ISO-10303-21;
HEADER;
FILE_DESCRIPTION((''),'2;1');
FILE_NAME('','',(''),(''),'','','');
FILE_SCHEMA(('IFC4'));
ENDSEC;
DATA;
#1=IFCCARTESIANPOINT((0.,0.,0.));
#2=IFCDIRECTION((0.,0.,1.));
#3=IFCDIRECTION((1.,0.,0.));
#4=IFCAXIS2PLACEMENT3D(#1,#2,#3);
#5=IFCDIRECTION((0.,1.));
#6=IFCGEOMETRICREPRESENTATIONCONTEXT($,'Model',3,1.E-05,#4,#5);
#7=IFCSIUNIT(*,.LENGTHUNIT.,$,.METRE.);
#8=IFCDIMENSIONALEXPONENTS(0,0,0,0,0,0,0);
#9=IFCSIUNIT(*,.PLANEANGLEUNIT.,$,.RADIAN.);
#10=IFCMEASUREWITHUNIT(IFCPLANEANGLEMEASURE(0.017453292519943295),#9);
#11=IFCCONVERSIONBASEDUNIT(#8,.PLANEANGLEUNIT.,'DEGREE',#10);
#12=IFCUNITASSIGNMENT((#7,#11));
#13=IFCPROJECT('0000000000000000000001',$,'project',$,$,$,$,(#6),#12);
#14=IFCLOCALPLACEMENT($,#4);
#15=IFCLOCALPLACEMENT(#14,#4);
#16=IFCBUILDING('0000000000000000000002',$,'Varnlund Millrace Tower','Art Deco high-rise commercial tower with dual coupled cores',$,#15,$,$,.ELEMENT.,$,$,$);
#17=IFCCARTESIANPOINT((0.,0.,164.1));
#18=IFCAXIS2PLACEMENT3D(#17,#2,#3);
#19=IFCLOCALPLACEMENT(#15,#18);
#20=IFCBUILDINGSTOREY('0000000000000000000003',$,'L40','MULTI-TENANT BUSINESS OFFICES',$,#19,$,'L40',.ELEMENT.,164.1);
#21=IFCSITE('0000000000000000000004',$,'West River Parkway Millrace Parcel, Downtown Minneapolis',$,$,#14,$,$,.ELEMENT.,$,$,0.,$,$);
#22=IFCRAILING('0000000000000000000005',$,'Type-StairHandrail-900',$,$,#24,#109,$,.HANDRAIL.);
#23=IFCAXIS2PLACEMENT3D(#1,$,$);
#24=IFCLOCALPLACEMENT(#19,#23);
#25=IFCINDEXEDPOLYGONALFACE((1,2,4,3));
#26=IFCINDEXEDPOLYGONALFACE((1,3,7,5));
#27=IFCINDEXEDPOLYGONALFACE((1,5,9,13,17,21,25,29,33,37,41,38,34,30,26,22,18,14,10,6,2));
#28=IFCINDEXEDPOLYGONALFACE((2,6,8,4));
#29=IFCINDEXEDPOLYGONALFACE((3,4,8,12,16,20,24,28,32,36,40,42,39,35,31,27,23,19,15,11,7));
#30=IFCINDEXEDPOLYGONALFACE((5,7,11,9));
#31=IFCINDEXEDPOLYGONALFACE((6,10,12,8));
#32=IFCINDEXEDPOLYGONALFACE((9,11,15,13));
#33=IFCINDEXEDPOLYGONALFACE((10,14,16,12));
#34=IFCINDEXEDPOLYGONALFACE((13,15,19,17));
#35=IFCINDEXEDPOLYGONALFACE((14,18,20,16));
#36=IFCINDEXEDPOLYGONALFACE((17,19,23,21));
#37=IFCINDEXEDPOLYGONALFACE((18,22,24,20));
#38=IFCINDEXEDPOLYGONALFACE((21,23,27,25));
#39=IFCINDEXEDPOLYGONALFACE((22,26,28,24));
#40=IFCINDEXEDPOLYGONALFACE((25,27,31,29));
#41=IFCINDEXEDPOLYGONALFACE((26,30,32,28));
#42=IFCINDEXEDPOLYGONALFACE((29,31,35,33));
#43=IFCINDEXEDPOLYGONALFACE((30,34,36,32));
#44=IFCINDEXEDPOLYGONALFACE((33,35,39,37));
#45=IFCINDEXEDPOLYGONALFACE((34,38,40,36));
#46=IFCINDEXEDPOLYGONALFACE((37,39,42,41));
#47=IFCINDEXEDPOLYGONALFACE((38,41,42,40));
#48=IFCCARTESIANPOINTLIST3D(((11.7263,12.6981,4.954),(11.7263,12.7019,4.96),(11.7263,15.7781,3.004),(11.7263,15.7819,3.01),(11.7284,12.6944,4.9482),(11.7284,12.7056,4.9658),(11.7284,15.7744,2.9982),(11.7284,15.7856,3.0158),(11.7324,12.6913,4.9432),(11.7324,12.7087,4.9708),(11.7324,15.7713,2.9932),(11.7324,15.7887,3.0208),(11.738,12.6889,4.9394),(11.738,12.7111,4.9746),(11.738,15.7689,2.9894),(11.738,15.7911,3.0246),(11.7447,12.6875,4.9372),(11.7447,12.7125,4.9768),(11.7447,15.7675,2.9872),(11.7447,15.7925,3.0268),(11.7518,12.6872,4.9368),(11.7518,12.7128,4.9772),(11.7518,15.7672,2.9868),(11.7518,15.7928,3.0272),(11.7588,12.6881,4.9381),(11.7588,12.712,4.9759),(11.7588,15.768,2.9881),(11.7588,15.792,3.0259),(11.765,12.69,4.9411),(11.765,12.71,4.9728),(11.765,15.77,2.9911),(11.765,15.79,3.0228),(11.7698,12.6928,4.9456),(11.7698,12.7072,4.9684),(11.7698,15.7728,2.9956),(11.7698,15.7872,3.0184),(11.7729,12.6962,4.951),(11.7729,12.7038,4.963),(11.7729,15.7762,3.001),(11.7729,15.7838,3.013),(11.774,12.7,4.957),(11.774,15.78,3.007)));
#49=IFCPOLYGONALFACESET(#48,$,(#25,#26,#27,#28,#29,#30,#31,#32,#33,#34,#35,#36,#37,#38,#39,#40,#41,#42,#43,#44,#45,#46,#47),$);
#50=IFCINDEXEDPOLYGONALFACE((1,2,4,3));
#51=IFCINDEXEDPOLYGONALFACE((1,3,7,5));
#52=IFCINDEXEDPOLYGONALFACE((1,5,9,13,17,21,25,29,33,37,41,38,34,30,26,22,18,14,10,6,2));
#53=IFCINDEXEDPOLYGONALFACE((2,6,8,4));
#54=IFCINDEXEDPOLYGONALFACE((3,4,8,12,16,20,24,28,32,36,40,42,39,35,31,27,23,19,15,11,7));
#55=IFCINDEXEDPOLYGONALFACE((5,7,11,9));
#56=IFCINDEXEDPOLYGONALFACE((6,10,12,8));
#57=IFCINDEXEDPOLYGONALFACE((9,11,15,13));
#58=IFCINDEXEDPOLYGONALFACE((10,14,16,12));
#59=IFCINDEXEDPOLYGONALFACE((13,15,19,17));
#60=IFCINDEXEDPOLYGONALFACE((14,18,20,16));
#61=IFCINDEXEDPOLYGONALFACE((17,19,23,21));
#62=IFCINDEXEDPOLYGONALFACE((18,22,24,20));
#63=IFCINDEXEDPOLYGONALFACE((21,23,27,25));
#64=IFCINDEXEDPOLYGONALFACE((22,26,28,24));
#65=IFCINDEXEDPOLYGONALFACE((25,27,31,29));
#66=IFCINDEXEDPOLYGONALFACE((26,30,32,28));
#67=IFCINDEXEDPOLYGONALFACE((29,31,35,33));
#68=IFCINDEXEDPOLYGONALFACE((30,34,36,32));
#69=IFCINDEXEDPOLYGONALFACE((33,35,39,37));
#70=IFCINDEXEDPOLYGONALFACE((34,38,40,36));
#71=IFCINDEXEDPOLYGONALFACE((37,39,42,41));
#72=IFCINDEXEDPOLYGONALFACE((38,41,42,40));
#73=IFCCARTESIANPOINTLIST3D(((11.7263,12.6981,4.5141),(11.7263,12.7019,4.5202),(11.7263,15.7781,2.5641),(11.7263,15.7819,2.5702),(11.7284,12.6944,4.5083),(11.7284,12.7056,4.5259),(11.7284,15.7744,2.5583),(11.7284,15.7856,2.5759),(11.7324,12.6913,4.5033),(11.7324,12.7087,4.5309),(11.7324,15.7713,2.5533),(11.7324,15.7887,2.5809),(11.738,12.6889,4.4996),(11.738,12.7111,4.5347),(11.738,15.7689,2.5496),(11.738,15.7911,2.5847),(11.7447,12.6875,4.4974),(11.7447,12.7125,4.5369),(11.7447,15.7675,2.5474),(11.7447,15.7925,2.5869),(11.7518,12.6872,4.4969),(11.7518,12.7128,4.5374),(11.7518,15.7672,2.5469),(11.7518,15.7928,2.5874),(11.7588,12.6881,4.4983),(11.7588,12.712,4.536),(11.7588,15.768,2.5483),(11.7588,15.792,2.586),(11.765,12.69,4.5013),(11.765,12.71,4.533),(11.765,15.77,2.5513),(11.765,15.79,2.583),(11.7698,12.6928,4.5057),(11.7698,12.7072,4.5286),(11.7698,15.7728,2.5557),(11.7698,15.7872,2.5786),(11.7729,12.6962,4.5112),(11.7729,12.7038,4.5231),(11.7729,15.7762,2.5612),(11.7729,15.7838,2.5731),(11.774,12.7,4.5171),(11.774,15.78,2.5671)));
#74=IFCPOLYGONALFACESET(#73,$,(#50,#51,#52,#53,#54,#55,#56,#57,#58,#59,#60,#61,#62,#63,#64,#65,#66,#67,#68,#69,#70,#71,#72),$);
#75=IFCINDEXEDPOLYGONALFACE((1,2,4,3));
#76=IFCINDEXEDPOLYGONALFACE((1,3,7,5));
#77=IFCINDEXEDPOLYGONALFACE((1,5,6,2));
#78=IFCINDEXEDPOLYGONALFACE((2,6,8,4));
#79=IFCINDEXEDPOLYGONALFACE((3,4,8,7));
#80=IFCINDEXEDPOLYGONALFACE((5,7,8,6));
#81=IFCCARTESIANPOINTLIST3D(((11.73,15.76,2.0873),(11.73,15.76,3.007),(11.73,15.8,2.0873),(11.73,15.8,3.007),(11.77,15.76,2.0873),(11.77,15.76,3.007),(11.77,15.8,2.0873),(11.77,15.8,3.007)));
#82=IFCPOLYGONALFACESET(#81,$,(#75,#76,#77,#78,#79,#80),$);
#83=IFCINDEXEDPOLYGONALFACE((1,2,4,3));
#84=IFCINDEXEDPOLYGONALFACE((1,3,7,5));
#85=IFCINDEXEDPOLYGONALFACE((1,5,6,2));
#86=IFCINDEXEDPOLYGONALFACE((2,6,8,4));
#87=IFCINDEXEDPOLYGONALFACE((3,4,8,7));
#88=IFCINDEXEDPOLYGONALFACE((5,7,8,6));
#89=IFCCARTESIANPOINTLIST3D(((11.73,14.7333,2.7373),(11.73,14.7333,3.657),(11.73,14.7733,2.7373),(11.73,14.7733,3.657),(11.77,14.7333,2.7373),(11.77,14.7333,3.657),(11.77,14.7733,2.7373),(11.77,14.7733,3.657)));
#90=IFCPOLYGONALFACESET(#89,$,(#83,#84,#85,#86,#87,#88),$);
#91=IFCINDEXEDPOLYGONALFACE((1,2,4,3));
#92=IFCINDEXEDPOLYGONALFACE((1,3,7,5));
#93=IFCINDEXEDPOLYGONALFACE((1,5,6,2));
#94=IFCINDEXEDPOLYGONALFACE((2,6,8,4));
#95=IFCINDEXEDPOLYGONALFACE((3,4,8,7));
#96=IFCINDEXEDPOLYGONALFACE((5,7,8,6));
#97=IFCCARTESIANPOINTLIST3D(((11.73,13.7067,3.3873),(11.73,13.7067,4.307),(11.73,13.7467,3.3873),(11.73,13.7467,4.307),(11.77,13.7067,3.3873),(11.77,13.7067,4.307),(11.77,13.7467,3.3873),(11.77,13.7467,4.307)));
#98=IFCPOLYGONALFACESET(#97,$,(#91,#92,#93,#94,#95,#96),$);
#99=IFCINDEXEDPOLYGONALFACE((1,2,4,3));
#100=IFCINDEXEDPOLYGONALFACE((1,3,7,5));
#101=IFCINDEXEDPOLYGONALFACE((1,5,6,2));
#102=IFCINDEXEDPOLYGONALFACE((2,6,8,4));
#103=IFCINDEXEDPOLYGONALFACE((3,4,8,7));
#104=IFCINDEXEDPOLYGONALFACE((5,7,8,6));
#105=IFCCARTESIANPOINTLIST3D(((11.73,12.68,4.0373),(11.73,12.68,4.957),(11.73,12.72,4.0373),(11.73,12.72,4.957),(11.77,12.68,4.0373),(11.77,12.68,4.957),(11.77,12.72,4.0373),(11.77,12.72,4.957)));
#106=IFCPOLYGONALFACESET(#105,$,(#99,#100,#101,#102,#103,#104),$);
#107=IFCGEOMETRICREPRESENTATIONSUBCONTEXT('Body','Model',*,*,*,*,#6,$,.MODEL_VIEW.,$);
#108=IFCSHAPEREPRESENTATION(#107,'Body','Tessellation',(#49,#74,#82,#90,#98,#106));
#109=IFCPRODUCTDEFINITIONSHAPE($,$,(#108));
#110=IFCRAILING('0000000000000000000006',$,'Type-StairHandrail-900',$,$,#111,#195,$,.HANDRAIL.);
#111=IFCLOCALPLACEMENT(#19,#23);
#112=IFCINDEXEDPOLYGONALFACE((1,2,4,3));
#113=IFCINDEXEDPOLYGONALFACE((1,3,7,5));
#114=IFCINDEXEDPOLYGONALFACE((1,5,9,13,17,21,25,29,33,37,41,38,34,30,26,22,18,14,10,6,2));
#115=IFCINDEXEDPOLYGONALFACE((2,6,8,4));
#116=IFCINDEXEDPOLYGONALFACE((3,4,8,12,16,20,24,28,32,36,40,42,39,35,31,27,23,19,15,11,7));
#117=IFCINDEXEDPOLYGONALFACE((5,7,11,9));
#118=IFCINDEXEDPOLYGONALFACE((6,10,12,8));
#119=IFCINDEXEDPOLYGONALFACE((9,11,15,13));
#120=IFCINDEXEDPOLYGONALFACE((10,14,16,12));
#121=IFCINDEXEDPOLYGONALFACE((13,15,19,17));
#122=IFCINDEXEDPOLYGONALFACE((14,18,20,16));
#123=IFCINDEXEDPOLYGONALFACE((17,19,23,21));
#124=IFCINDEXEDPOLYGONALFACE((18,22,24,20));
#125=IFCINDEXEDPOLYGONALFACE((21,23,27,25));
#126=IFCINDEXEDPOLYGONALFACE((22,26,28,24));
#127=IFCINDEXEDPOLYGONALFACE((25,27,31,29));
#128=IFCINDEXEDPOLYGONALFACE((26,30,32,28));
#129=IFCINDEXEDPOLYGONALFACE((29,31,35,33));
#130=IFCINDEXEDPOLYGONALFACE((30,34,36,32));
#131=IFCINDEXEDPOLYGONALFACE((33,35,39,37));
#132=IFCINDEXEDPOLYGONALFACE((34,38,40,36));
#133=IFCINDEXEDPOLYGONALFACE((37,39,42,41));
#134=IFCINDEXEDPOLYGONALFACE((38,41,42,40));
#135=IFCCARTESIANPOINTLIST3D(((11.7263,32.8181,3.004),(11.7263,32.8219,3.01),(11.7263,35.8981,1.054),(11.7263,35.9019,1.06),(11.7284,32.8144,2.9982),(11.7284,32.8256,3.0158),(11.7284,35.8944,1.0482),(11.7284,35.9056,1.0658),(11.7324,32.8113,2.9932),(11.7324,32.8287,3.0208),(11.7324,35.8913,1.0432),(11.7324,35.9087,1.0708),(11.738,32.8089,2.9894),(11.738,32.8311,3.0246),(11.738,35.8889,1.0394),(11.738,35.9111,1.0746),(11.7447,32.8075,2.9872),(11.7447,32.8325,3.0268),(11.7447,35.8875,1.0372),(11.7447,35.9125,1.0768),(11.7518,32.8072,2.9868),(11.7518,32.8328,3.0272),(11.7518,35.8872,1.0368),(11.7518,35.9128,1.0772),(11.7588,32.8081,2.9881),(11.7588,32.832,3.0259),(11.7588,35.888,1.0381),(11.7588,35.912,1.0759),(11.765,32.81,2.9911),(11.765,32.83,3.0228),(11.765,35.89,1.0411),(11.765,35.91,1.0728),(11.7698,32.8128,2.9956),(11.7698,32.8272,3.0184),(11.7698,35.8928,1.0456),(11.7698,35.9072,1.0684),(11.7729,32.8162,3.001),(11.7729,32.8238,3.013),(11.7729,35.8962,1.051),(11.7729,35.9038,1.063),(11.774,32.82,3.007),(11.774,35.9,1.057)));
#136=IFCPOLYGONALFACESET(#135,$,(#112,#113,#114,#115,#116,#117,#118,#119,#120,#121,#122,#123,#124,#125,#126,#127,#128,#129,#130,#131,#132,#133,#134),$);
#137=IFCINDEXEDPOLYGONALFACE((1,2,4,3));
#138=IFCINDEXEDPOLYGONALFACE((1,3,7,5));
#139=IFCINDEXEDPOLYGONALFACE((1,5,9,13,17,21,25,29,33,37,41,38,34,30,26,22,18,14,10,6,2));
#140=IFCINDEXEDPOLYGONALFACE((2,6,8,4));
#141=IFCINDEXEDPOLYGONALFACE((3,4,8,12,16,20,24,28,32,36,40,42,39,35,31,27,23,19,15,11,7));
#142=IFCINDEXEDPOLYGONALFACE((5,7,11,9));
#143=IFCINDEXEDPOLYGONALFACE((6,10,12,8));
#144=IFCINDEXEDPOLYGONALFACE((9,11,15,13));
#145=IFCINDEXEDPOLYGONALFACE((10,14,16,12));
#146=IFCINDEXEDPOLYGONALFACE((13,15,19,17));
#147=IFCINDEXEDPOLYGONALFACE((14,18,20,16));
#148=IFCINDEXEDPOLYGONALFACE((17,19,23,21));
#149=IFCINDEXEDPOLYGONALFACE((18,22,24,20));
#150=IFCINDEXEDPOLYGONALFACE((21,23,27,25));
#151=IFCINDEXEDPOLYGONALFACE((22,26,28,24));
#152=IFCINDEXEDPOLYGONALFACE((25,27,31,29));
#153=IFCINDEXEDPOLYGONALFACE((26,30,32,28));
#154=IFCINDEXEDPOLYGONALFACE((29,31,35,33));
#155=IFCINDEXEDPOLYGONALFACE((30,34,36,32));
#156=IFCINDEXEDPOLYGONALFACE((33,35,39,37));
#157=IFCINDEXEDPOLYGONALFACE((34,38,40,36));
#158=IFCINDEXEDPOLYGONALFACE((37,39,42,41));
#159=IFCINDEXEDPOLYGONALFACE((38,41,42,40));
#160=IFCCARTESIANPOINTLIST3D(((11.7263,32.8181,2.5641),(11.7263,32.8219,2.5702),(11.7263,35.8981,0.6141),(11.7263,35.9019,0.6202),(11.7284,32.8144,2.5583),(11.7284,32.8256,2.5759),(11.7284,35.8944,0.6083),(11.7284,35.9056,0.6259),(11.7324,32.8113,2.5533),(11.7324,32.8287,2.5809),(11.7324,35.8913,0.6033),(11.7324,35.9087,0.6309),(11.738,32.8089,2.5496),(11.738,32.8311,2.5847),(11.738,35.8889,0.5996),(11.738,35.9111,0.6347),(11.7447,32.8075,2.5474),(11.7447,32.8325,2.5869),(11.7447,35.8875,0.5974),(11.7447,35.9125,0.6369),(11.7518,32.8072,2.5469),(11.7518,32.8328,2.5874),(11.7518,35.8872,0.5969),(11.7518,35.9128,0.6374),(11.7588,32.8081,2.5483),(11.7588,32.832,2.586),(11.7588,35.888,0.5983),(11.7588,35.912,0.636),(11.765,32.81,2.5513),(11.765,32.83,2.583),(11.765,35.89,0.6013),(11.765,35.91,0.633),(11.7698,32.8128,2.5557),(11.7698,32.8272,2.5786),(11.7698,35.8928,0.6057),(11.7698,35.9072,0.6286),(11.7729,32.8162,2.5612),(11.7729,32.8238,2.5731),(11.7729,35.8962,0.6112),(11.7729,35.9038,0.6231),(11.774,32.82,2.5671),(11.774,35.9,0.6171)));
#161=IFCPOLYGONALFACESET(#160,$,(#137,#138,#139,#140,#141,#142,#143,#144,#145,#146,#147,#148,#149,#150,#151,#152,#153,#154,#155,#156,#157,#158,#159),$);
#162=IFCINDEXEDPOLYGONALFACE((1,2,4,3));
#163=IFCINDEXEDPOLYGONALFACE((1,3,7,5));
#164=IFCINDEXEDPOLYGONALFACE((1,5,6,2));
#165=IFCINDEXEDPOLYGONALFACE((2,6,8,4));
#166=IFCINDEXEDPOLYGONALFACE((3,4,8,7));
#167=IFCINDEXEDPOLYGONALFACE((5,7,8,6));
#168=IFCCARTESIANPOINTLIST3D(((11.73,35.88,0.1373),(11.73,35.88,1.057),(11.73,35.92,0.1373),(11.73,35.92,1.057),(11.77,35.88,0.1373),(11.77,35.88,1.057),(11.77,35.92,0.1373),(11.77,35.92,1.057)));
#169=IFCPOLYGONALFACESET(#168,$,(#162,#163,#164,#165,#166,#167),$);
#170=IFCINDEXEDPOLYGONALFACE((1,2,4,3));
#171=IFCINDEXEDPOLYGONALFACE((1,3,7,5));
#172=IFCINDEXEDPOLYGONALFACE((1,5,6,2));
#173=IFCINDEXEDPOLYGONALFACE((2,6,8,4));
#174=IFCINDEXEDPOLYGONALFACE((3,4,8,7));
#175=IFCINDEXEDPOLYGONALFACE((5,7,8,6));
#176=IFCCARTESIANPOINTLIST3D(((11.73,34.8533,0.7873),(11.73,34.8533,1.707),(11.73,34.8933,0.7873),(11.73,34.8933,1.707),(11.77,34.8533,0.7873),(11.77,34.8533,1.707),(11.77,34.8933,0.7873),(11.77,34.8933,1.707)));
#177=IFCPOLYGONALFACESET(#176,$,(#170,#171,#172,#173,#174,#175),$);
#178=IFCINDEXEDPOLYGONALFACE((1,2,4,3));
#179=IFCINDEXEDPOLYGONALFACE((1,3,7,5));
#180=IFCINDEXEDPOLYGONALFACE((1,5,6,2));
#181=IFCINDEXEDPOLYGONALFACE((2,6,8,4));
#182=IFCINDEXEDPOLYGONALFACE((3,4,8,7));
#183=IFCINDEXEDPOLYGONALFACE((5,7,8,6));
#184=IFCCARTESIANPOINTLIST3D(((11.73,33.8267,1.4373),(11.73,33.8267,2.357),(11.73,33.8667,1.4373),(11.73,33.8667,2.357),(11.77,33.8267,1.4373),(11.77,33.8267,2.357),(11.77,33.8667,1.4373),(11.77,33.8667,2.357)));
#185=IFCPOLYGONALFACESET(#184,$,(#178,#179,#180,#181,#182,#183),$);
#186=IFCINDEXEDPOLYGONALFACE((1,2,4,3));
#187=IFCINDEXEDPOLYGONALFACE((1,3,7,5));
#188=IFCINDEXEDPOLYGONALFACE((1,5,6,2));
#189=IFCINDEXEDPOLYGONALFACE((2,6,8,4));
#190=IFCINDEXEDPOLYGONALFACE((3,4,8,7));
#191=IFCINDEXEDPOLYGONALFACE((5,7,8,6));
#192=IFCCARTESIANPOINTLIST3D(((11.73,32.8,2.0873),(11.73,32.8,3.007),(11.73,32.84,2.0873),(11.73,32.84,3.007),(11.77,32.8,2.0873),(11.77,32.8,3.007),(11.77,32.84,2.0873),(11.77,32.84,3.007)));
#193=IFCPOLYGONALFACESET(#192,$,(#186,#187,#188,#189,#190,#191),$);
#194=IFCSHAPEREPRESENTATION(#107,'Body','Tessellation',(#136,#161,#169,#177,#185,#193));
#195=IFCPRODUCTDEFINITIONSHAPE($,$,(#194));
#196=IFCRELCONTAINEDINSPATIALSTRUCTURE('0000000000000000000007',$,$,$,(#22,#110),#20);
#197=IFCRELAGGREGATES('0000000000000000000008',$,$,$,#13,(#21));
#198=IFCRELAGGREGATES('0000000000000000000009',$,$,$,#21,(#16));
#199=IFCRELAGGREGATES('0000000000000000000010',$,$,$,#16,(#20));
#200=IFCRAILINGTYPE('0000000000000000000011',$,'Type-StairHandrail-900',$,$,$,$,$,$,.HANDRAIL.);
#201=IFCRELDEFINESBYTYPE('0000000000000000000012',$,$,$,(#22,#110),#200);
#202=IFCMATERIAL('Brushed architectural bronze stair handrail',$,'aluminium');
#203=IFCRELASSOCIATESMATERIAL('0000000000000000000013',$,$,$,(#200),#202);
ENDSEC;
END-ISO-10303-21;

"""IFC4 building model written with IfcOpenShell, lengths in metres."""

from ifc_helpers import new_model, entity, si_unit, converted_unit, direction, frame, origin_with_axes, origin_2d_with_axis, place, context, subcontext, project, spatial, rectangle, circle, extrude, material, type_object, element, save


model = new_model("IFC4")

# Units and contexts
model_context = context("Model", 3, precision=1e-05, world=origin_with_axes(), true_north=direction((0.0, 1.0)))
body_context = subcontext(model_context, "Body", "Model", "MODEL_VIEW")
ifc_project = project(units=[si_unit("LENGTHUNIT", "METRE"), converted_unit("PLANEANGLEUNIT", "DEGREE", entity("IfcPlaneAngleMeasure", 0.017453292519943295), si_unit("PLANEANGLEUNIT", "RADIAN"), dimensions=[0, 0, 0, 0, 0, 0, 0])], contexts=[model_context])

# Site, building, storey
site_placement = place(None, origin_with_axes())
site = spatial("IfcSite", under=ifc_project, at=site_placement, Name="West River Parkway Millrace Parcel, Downtown Minneapolis", CompositionType="ELEMENT", RefElevation=0.0)
building_placement = place(site_placement, origin_with_axes())
building = spatial("IfcBuilding", under=site, at=building_placement, Name="Varnlund Millrace Tower", Description="Art Deco high-rise commercial tower with dual coupled cores", CompositionType="ELEMENT")
storey_placement = place(building_placement, frame((0.0, 0.0, 164.1), z_axis=(0.0, 0.0, 1.0), x_axis=(1.0, 0.0, 0.0)))
storey = spatial("IfcBuildingStorey", under=building, at=storey_placement, Name="L40", Description="MULTI-TENANT BUSINESS OFFICES", LongName="L40", CompositionType="ELEMENT", Elevation=164.1)

# Railings
ifc_material_1 = material(Name="Brushed architectural bronze stair handrail", Category="aluminium")
railing_type_1 = type_object("IfcRailingType", Name="Type-StairHandrail-900", PredefinedType="HANDRAIL", material=ifc_material_1)
railing_1_placement = place(storey_placement, frame((0.0, 0.0, -164.1), z_axis=(0.0, 0.0, 1.0), x_axis=(1.0, 0.0, 0.0)))
element("IfcRailing", 1, at=railing_1_placement, inside=storey, type_object=railing_type_1, Name="Type-StairHandrail-900", PredefinedType="HANDRAIL", context=body_context, shape_type="SweptSolid", body=[
    extrude(circle(Radius=0.024, at=origin_2d_with_axis()), frame((11.75, 15.78, 167.107), z_axis=(0.0, -0.844902, 0.534922), x_axis=(1.0, 0.0, 0.0)), (0.0, 0.0, 1.0), 3.6454),
    extrude(circle(Radius=0.024, at=origin_2d_with_axis()), frame((11.75, 15.78, 166.6671), z_axis=(0.0, -0.844902, 0.534922), x_axis=(1.0, 0.0, 0.0)), (0.0, 0.0, 1.0), 3.6454),
    extrude(rectangle(XDim=0.04, YDim=0.04, at=origin_2d_with_axis()), frame((11.75, 15.78, 166.1873), z_axis=(0.0, 0.0, 1.0), x_axis=(1.0, 0.0, 0.0)), (0.0, 0.0, 1.0), 0.9197),
    extrude(rectangle(XDim=0.04, YDim=0.04, at=origin_2d_with_axis()), frame((11.75, 14.7533, 166.8373), z_axis=(0.0, 0.0, 1.0), x_axis=(1.0, 0.0, 0.0)), (0.0, 0.0, 1.0), 0.9197),
    extrude(rectangle(XDim=0.04, YDim=0.04, at=origin_2d_with_axis()), frame((11.75, 13.7267, 167.4873), z_axis=(0.0, 0.0, 1.0), x_axis=(1.0, 0.0, 0.0)), (0.0, 0.0, 1.0), 0.9197),
    extrude(rectangle(XDim=0.04, YDim=0.04, at=origin_2d_with_axis()), frame((11.75, 12.7, 168.1373), z_axis=(0.0, 0.0, 1.0), x_axis=(1.0, 0.0, 0.0)), (0.0, 0.0, 1.0), 0.9197),
])
railing_2_placement = place(storey_placement, frame((0.0, 0.0, -164.1), z_axis=(0.0, 0.0, 1.0), x_axis=(1.0, 0.0, 0.0)))
element("IfcRailing", 2, at=railing_2_placement, inside=storey, type_object=railing_type_1, Name="Type-StairHandrail-900", PredefinedType="HANDRAIL", context=body_context, shape_type="SweptSolid", body=[
    extrude(circle(Radius=0.024, at=origin_2d_with_axis()), frame((11.75, 35.9, 165.157), z_axis=(0.0, -0.844902, 0.534922), x_axis=(1.0, 0.0, 0.0)), (0.0, 0.0, 1.0), 3.6454),
    extrude(circle(Radius=0.024, at=origin_2d_with_axis()), frame((11.75, 35.9, 164.7171), z_axis=(0.0, -0.844902, 0.534922), x_axis=(1.0, 0.0, 0.0)), (0.0, 0.0, 1.0), 3.6454),
    extrude(rectangle(XDim=0.04, YDim=0.04, at=origin_2d_with_axis()), frame((11.75, 35.9, 164.2373), z_axis=(0.0, 0.0, 1.0), x_axis=(1.0, 0.0, 0.0)), (0.0, 0.0, 1.0), 0.9197),
    extrude(rectangle(XDim=0.04, YDim=0.04, at=origin_2d_with_axis()), frame((11.75, 34.8733, 164.8873), z_axis=(0.0, 0.0, 1.0), x_axis=(1.0, 0.0, 0.0)), (0.0, 0.0, 1.0), 0.9197),
    extrude(rectangle(XDim=0.04, YDim=0.04, at=origin_2d_with_axis()), frame((11.75, 33.8467, 165.5373), z_axis=(0.0, 0.0, 1.0), x_axis=(1.0, 0.0, 0.0)), (0.0, 0.0, 1.0), 0.9197),
    extrude(rectangle(XDim=0.04, YDim=0.04, at=origin_2d_with_axis()), frame((11.75, 32.82, 166.1873), z_axis=(0.0, 0.0, 1.0), x_axis=(1.0, 0.0, 0.0)), (0.0, 0.0, 1.0), 0.9197),
])

save(model, "model.ifc")
